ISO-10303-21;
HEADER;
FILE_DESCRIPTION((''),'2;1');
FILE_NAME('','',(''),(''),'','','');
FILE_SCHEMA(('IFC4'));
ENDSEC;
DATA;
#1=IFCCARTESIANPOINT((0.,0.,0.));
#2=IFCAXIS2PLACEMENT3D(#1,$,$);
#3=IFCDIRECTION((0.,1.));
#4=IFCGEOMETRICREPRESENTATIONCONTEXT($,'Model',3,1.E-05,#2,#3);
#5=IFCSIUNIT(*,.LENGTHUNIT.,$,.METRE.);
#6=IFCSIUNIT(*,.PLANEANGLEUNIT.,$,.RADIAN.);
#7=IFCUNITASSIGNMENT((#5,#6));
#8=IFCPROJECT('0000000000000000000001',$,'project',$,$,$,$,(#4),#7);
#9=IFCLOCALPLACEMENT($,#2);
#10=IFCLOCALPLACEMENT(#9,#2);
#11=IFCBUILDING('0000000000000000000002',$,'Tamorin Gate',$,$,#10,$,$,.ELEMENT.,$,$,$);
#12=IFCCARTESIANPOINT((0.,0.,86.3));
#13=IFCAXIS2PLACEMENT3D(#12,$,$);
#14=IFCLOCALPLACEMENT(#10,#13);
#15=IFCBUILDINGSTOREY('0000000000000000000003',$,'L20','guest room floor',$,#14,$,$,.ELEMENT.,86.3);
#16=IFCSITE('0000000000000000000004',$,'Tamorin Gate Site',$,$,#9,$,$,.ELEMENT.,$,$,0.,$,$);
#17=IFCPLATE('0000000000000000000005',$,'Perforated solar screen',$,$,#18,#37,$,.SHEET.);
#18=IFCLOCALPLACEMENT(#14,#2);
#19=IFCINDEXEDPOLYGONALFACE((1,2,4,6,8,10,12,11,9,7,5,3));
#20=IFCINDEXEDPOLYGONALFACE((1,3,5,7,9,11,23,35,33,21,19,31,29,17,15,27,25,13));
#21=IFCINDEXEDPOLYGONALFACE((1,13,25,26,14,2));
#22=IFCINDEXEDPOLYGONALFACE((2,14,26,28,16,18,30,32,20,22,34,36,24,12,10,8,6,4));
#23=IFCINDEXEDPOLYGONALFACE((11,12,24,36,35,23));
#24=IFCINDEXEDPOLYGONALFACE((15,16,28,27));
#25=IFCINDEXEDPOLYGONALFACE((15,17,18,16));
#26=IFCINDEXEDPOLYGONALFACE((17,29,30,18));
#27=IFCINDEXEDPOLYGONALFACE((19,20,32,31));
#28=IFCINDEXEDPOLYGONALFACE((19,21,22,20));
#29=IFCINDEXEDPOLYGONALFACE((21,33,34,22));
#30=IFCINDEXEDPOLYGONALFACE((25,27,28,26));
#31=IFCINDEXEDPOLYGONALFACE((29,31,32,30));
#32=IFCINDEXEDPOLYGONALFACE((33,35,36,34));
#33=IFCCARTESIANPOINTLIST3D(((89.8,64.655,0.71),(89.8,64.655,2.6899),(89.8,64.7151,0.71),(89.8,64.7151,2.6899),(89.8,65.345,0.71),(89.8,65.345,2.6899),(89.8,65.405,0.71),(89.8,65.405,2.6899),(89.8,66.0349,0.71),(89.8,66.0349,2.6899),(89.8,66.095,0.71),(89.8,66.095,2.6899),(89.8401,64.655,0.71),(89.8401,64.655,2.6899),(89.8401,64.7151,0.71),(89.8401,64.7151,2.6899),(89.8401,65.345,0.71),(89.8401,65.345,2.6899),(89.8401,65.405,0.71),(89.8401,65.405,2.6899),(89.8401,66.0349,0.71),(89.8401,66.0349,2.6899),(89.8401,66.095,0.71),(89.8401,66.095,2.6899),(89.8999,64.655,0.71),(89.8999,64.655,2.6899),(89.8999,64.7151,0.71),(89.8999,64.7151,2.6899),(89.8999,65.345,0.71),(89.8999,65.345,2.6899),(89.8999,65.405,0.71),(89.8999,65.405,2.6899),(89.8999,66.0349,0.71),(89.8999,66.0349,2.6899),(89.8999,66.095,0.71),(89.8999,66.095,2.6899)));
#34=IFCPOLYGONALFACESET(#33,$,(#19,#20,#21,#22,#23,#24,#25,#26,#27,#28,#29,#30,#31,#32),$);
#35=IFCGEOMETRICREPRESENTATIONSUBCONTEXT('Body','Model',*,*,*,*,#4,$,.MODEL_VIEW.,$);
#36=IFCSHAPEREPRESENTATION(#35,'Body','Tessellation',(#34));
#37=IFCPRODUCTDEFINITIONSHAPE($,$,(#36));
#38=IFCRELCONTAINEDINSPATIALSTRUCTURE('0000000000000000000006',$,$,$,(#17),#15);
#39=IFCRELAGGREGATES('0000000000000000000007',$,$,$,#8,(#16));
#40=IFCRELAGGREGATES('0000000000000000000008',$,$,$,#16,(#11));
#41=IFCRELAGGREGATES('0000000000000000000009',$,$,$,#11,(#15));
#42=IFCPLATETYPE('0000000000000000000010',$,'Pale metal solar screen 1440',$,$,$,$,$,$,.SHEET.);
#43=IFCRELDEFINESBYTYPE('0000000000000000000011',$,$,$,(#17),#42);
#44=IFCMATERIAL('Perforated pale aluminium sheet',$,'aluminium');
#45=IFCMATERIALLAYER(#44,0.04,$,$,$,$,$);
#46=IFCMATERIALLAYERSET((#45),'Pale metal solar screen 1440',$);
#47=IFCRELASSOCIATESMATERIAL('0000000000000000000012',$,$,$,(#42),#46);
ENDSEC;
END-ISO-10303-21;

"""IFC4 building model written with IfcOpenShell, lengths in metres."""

from ifc_helpers import new_model, si_unit, direction, frame, origin, place, context, subcontext, project, spatial, polyline, outline, extrude, material, layer, layer_set, type_object, element, save


model = new_model("IFC4")

# Units and contexts
model_context = context("Model", 3, precision=1e-05, world=origin(), true_north=direction((0.0, 1.0)))
body_context = subcontext(model_context, "Body", "Model", "MODEL_VIEW")
ifc_project = project(units=[si_unit("LENGTHUNIT", "METRE"), si_unit("PLANEANGLEUNIT", "RADIAN")], contexts=[model_context])

# Site, building, storey
site_placement = place(None, origin())
site = spatial("IfcSite", under=ifc_project, at=site_placement, Name="Tamorin Gate Site", CompositionType="ELEMENT", RefElevation=0.0)
building_placement = place(site_placement, origin())
building = spatial("IfcBuilding", under=site, at=building_placement, Name="Tamorin Gate", CompositionType="ELEMENT")
storey_placement = place(building_placement, frame((0.0, 0.0, 86.3)))
storey = spatial("IfcBuildingStorey", under=building, at=storey_placement, Name="L20", Description="guest room floor", CompositionType="ELEMENT", Elevation=86.3)

# Plate
ifc_material_1 = material(Name="Perforated pale aluminium sheet", Category="aluminium")
ifc_layer_1 = layer(ifc_material_1, 0.04)
ifc_layer_set_1 = layer_set([ifc_layer_1], Name="Pale metal solar screen 1440")
plate_type = type_object("IfcPlateType", Name="Pale metal solar screen 1440", PredefinedType="SHEET", material=ifc_layer_set_1)
plate_1_placement = place(storey_placement, frame((0.0, 0.0, 0.71)))
element("IfcPlate", 1, at=plate_1_placement, inside=storey, type_object=plate_type, Name="Perforated solar screen", PredefinedType="SHEET", context=body_context, shape_type="SweptSolid", body=[
    extrude(outline(polyline([(89.8401, 64.655), (89.8, 64.655), (89.8, 64.7151), (89.8, 65.345), (89.8, 65.405), (89.8, 66.0349), (89.8, 66.095), (89.8401, 66.095), (89.8999, 66.095), (89.8999, 66.0349), (89.8401, 66.0349), (89.8401, 65.405), (89.8999, 65.405), (89.8999, 65.345), (89.8401, 65.345), (89.8401, 64.7151), (89.8999, 64.7151), (89.8999, 64.655), (89.8401, 64.655)])), origin(), (0.0, 0.0, 1.0), 1.98),
])

save(model, "model.ifc")
